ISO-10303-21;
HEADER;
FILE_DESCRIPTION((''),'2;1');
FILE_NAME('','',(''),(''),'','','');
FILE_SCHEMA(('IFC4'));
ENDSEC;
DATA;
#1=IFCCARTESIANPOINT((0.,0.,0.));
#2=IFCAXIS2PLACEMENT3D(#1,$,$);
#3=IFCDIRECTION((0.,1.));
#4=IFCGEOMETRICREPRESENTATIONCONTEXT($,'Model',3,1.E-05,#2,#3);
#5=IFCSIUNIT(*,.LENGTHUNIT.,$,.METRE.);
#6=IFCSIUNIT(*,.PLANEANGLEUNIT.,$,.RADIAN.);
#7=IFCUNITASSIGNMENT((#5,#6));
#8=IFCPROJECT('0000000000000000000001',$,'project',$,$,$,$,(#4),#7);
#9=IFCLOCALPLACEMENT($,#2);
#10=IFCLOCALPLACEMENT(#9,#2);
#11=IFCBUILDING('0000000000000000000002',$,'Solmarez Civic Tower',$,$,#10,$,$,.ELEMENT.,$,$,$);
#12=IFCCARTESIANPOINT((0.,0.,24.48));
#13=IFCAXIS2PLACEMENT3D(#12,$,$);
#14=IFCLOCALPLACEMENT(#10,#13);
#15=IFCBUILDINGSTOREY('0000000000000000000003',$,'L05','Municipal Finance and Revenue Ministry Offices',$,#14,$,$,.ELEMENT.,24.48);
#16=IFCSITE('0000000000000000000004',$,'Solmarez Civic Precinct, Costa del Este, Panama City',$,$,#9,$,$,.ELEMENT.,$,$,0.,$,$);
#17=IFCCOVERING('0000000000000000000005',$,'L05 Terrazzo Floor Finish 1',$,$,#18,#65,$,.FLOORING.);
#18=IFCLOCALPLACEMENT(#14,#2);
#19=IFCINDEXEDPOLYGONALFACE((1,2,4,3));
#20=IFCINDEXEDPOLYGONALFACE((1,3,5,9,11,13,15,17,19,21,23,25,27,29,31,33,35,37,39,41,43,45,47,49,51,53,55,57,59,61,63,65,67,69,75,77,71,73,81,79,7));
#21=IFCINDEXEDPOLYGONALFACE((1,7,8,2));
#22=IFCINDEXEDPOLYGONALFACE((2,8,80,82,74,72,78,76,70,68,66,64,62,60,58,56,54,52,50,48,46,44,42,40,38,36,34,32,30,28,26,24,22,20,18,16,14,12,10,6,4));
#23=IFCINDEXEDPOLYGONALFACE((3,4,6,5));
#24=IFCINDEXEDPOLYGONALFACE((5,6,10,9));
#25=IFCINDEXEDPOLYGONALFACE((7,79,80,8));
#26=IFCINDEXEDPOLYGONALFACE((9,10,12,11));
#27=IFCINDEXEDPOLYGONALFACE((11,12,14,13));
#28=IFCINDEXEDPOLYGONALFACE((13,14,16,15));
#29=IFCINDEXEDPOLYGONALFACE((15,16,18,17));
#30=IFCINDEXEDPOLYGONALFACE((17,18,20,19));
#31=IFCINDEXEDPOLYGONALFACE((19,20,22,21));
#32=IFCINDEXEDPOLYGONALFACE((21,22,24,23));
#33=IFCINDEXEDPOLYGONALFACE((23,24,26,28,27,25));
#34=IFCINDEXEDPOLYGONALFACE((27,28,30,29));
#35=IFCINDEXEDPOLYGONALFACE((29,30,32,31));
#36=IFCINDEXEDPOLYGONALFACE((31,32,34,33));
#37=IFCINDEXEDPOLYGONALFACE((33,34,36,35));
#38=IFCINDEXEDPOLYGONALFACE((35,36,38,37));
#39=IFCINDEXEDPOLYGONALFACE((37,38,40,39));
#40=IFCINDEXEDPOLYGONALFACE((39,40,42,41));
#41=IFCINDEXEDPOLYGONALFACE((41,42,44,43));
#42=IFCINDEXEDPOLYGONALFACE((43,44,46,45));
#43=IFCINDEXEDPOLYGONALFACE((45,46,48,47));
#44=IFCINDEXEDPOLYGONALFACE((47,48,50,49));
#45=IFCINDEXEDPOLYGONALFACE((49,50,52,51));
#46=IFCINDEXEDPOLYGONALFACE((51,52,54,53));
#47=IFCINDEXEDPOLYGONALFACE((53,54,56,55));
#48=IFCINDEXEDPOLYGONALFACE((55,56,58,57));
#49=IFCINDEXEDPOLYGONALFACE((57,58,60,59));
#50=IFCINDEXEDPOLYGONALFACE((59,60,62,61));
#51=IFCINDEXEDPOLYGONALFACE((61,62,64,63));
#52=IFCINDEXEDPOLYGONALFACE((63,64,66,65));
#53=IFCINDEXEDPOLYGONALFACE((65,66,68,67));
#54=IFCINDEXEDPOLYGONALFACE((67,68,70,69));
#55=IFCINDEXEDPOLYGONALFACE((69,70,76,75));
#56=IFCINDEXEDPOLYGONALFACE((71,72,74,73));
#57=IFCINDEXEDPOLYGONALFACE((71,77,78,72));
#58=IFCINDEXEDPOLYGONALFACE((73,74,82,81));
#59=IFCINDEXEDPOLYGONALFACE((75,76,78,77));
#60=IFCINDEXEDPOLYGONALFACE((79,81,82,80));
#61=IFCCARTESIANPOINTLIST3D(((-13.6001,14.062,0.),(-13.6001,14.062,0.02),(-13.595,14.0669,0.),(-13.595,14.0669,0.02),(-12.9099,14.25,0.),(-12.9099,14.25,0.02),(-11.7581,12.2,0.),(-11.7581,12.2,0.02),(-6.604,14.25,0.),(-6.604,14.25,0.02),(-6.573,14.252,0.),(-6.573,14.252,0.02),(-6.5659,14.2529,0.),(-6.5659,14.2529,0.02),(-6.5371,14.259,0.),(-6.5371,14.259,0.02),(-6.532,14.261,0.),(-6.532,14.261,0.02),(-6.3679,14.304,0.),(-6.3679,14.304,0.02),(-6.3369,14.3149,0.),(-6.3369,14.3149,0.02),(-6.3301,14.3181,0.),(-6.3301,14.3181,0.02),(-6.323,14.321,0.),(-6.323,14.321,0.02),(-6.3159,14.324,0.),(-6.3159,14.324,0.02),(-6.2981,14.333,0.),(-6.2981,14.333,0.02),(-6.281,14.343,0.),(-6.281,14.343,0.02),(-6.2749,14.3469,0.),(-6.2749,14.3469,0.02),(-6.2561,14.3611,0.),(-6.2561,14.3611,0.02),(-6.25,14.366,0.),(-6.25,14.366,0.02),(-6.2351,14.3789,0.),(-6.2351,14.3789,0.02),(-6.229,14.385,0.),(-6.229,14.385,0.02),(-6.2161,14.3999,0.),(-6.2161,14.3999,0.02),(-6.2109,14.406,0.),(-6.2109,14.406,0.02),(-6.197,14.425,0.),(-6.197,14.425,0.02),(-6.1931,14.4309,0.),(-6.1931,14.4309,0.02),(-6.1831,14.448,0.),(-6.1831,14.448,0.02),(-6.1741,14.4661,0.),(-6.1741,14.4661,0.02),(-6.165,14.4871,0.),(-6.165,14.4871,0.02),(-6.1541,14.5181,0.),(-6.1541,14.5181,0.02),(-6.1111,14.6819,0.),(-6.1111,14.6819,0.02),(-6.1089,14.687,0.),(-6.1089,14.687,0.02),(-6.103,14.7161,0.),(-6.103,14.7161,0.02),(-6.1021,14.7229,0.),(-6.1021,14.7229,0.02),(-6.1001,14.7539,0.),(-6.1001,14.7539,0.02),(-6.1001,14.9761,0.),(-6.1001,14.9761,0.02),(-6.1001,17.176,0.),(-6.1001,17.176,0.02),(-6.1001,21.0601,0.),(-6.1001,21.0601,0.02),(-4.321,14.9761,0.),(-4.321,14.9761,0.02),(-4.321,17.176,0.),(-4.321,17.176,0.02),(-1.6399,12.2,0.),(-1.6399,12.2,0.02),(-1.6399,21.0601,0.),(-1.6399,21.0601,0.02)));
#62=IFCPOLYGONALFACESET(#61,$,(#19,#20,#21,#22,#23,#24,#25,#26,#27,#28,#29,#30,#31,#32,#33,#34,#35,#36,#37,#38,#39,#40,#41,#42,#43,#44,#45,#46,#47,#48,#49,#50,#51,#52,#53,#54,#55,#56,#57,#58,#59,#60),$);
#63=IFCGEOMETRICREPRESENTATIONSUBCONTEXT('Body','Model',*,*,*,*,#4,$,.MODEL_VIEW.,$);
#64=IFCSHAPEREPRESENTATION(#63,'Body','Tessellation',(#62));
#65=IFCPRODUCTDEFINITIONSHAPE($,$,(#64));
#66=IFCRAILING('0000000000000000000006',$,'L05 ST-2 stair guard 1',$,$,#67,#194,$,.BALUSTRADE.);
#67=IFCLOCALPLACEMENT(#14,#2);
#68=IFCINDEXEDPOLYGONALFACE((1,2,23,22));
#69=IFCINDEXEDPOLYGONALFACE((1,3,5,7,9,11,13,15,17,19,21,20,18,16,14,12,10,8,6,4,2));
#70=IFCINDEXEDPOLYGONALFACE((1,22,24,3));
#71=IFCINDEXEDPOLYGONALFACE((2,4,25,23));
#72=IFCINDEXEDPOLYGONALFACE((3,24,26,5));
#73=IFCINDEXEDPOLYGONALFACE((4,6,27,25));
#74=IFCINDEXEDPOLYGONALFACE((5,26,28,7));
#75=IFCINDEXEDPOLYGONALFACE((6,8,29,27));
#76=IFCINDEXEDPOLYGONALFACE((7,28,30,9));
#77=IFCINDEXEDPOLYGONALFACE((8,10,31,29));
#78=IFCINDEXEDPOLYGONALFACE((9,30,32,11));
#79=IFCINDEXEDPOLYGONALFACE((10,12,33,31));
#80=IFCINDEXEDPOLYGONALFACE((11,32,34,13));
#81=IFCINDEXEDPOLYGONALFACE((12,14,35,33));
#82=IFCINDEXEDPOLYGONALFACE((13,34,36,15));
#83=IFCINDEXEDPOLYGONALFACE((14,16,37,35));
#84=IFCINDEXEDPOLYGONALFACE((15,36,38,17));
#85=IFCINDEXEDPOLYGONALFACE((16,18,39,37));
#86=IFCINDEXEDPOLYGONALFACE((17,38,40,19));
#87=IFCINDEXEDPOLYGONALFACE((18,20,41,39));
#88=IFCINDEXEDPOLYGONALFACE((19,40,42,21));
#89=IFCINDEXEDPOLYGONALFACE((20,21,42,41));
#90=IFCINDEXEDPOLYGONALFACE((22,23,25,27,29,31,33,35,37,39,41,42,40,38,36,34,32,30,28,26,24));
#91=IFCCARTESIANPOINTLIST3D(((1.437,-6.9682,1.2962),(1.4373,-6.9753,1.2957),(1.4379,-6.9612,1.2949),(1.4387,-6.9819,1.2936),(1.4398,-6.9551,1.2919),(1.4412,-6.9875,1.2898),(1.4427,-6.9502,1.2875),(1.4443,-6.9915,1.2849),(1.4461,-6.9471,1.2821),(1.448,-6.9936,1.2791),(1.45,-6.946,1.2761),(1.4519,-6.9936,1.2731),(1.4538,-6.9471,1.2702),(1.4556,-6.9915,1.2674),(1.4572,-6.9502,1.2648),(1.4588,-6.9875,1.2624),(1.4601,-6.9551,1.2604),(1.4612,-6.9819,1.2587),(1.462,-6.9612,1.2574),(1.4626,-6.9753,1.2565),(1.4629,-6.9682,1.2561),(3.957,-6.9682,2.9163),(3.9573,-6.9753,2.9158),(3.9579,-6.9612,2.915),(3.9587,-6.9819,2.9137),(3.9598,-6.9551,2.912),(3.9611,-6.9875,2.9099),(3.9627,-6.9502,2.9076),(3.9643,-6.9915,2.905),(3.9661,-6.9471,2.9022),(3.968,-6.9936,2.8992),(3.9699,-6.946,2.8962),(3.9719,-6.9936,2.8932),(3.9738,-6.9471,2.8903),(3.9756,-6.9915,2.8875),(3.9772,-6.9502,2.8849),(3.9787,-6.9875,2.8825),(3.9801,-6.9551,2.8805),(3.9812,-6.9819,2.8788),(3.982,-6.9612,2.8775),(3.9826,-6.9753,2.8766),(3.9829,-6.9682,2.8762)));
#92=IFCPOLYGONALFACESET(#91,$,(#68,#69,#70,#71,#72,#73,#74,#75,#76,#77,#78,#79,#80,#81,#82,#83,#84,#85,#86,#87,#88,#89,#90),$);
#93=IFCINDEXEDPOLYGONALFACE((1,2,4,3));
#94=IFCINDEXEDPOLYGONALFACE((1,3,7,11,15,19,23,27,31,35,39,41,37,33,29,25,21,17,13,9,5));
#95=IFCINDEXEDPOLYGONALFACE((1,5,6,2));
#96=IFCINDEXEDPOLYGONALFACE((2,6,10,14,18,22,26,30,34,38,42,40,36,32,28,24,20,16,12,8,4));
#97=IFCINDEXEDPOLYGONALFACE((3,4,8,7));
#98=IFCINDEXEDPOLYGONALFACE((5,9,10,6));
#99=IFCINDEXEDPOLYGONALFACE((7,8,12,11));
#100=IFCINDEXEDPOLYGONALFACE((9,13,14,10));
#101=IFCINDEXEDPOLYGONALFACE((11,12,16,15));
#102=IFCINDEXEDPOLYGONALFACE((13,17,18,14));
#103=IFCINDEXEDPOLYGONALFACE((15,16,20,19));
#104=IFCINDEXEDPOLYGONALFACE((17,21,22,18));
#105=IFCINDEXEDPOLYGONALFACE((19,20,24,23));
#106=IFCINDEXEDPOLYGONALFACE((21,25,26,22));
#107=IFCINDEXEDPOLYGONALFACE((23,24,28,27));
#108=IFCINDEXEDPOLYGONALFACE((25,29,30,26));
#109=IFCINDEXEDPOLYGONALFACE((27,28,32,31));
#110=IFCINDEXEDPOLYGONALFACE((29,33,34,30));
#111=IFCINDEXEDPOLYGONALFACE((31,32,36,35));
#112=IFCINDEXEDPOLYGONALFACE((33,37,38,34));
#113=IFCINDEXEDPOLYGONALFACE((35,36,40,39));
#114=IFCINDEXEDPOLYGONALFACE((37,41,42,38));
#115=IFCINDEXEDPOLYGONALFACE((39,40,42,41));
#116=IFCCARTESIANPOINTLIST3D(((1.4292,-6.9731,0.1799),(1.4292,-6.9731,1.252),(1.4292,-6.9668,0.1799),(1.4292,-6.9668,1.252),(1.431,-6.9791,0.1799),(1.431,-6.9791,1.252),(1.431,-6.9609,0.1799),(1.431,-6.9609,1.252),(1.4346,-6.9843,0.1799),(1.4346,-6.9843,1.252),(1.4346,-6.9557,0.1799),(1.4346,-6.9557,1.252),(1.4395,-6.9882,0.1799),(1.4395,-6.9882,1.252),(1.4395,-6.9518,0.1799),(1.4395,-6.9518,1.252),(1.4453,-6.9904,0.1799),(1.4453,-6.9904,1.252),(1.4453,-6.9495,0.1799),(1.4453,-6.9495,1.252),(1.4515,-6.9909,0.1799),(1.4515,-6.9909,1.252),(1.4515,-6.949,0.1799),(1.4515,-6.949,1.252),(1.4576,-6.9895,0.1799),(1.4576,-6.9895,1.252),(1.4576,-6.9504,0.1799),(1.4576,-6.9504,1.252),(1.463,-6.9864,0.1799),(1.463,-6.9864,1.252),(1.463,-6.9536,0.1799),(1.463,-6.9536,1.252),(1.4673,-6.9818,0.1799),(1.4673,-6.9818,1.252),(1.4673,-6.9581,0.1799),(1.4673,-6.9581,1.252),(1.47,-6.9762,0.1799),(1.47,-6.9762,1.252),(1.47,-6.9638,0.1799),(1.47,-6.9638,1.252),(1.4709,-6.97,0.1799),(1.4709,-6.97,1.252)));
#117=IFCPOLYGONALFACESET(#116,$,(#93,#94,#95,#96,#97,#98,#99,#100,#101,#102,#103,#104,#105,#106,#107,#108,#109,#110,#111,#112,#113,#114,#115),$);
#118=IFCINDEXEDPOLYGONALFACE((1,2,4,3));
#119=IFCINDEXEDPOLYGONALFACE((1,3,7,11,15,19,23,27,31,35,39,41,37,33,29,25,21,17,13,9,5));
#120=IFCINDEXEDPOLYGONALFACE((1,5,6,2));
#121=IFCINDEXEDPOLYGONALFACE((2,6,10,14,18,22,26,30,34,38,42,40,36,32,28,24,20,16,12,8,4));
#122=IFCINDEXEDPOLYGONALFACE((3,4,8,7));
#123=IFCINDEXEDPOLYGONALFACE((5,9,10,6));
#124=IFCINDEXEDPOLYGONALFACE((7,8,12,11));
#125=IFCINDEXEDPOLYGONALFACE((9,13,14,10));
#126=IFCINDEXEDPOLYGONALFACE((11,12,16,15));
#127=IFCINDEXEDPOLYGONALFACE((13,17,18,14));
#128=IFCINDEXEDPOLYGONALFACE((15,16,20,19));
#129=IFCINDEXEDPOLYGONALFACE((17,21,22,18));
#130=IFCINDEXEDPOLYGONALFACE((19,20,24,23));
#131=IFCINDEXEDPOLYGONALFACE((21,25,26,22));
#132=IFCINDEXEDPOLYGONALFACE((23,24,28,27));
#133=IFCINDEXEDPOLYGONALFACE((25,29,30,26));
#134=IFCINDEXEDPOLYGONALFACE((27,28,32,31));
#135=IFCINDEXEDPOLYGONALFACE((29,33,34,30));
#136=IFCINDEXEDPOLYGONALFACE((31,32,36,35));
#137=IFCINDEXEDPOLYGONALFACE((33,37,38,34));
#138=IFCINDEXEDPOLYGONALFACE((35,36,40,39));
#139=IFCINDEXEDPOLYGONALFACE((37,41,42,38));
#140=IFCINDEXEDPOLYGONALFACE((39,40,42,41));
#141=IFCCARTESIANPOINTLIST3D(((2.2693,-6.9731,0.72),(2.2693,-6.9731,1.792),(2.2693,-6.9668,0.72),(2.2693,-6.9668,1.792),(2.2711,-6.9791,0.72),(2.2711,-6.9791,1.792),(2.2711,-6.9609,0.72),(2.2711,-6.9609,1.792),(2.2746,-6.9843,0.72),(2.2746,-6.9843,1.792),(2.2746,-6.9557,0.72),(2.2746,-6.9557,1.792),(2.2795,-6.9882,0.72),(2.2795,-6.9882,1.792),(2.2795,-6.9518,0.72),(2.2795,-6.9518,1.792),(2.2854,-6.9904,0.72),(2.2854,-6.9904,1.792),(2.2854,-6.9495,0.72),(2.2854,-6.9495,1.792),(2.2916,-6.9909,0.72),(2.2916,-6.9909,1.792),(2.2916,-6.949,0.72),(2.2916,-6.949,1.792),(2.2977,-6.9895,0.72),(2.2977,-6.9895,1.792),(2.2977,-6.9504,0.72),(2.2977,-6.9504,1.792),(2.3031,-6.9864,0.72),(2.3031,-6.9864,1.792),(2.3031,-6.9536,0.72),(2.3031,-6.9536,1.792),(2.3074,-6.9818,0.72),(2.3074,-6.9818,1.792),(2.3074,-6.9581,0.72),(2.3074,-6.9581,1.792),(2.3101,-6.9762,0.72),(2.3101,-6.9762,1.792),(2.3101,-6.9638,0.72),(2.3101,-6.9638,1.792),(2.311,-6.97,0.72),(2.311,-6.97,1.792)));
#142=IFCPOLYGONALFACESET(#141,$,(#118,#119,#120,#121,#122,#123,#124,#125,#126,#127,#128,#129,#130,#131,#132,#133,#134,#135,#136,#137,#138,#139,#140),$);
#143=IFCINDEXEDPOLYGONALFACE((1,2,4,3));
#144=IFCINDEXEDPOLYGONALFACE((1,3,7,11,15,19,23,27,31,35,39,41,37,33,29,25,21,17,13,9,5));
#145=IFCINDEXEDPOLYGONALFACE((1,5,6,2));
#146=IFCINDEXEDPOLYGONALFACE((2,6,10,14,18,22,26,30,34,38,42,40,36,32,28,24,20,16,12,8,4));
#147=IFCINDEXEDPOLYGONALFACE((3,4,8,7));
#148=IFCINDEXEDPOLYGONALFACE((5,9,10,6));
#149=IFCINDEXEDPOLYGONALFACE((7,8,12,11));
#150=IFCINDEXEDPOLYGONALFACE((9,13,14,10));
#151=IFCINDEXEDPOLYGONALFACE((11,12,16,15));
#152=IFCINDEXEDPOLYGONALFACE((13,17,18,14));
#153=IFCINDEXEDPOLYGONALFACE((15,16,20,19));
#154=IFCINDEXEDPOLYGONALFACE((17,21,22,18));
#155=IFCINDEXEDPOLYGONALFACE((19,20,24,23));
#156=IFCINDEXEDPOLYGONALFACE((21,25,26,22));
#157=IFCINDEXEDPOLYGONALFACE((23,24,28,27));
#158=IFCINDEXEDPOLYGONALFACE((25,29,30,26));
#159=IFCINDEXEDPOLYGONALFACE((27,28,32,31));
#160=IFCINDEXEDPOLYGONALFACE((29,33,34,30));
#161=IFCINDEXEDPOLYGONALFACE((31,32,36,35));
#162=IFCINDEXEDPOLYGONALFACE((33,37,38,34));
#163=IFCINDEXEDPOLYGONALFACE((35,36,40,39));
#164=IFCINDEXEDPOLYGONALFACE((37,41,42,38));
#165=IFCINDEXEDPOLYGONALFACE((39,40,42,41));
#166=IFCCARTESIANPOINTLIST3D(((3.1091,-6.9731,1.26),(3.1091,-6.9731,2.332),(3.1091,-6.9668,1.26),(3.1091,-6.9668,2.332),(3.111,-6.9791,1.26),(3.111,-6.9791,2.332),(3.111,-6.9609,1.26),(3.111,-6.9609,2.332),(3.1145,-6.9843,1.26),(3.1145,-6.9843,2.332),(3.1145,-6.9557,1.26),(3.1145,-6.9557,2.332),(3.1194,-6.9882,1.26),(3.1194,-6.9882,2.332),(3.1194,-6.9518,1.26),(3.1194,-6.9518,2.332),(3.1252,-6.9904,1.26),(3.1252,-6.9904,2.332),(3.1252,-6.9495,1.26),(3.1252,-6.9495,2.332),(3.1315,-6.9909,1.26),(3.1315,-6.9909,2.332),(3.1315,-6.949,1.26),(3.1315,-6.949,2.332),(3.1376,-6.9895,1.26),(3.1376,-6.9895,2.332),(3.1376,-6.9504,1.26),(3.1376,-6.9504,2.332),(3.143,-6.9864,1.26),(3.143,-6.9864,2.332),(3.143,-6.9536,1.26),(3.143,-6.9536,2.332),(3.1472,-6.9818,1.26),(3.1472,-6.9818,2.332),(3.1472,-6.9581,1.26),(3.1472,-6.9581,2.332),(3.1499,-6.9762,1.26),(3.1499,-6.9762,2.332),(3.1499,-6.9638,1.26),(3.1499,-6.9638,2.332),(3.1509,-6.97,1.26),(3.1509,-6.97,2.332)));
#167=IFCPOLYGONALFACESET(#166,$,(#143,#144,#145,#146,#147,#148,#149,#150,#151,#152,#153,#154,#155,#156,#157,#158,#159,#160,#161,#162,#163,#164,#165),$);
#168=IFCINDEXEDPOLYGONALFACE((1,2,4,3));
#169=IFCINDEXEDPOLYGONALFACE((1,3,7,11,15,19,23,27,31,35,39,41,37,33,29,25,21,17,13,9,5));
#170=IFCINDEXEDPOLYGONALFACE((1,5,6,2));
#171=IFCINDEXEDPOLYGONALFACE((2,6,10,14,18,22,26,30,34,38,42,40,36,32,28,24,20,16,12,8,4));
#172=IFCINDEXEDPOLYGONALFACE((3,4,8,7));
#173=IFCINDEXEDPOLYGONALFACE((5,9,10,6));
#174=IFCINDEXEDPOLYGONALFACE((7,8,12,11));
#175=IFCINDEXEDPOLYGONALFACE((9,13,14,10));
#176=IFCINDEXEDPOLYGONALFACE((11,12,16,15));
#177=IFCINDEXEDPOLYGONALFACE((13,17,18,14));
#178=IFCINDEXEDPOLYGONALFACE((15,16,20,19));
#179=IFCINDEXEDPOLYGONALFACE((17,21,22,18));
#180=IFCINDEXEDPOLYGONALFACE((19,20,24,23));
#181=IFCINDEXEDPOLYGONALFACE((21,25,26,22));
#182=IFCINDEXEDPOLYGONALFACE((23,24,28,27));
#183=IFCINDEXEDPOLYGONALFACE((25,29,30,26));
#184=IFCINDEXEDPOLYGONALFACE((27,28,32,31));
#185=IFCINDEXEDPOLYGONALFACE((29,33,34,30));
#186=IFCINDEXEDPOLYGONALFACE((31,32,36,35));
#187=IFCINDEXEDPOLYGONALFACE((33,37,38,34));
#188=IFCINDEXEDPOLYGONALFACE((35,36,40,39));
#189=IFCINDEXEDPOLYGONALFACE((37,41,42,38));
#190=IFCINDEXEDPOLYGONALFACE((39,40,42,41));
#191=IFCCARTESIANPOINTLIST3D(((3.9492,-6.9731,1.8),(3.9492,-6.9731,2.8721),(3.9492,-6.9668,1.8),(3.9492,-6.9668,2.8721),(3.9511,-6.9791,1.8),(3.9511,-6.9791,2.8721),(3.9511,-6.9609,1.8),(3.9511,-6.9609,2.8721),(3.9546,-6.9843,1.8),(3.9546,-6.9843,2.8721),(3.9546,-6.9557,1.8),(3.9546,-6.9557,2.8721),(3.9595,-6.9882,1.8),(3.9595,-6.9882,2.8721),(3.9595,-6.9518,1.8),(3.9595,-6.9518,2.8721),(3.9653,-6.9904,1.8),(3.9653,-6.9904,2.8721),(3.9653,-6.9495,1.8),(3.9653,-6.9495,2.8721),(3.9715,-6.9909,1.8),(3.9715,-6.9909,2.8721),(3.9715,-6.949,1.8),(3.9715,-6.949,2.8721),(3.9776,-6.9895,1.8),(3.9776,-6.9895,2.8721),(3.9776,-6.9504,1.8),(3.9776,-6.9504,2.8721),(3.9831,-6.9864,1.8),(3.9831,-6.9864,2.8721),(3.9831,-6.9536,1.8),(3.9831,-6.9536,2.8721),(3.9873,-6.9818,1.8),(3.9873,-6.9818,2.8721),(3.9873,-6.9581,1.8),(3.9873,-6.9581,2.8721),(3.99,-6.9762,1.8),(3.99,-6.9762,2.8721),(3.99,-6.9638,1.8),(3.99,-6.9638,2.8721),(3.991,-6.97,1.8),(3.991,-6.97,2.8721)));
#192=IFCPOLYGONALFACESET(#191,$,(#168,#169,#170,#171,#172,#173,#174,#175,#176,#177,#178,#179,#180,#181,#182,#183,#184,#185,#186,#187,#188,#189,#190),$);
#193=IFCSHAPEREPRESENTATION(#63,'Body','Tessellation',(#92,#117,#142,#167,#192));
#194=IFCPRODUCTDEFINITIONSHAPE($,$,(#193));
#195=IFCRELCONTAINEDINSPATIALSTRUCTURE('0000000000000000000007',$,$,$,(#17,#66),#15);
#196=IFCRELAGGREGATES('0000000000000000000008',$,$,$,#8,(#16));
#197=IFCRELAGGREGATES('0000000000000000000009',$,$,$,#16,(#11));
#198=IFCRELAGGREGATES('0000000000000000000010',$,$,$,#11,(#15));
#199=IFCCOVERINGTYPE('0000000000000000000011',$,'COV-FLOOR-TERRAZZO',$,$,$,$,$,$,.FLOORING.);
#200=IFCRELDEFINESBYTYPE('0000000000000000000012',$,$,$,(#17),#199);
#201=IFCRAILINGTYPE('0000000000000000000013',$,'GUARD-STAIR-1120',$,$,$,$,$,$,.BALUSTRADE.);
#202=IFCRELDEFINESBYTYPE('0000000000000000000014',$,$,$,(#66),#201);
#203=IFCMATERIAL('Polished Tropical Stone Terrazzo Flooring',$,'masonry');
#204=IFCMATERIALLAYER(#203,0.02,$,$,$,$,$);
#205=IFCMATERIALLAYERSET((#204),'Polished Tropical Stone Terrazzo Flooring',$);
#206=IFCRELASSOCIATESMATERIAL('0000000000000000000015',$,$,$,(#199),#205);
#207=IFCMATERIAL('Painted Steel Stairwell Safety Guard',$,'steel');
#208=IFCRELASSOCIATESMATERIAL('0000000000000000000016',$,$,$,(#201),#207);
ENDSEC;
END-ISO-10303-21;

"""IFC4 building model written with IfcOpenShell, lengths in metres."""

from ifc_helpers import new_model, si_unit, direction, frame, origin, origin_2d, place, context, subcontext, project, spatial, polyline, circle, outline, extrude, material, layer, layer_set, type_object, element, save


model = new_model("IFC4")

# Units and contexts
model_context = context("Model", 3, precision=1e-05, world=origin(), true_north=direction((0.0, 1.0)))
body_context = subcontext(model_context, "Body", "Model", "MODEL_VIEW")
ifc_project = project(units=[si_unit("LENGTHUNIT", "METRE"), si_unit("PLANEANGLEUNIT", "RADIAN")], contexts=[model_context])

# Site, building, storey
site_placement = place(None, origin())
site = spatial("IfcSite", under=ifc_project, at=site_placement, Name="Solmarez Civic Precinct, Costa del Este, Panama City", CompositionType="ELEMENT", RefElevation=0.0)
building_placement = place(site_placement, origin())
building = spatial("IfcBuilding", under=site, at=building_placement, Name="Solmarez Civic Tower", CompositionType="ELEMENT")
storey_placement = place(building_placement, frame((0.0, 0.0, 24.48)))
storey = spatial("IfcBuildingStorey", under=building, at=storey_placement, Name="L05", Description="Municipal Finance and Revenue Ministry Offices", CompositionType="ELEMENT", Elevation=24.48)

# Covering
ifc_material_1 = material(Name="Polished Tropical Stone Terrazzo Flooring", Category="masonry")
ifc_layer_1 = layer(ifc_material_1, 0.02)
ifc_layer_set_1 = layer_set([ifc_layer_1], Name="Polished Tropical Stone Terrazzo Flooring")
covering_type_1 = type_object("IfcCoveringType", Name="COV-FLOOR-TERRAZZO", PredefinedType="FLOORING", material=ifc_layer_set_1)
covering_1_placement = place(storey_placement, origin())
element("IfcCovering", 1, at=covering_1_placement, inside=storey, type_object=covering_type_1, Name="L05 Terrazzo Floor Finish 1", PredefinedType="FLOORING", context=body_context, shape_type="SweptSolid", body=[
    extrude(outline(polyline([(-6.1001, 21.0601), (-6.1001, 17.176), (-4.321, 17.176), (-4.321, 14.9761), (-6.1001, 14.9761), (-6.1001, 14.7539), (-6.1021, 14.7229), (-6.103, 14.7161), (-6.1089, 14.687), (-6.1111, 14.6819), (-6.1541, 14.5181), (-6.165, 14.4871), (-6.1741, 14.4661), (-6.1831, 14.448), (-6.1931, 14.4309), (-6.197, 14.425), (-6.2109, 14.406), (-6.2161, 14.3999), (-6.229, 14.385), (-6.2351, 14.3789), (-6.25, 14.366), (-6.2561, 14.3611), (-6.2749, 14.3469), (-6.281, 14.343), (-6.2981, 14.333), (-6.3159, 14.324), (-6.323, 14.321), (-6.3301, 14.3181), (-6.3369, 14.3149), (-6.3679, 14.304), (-6.532, 14.261), (-6.5371, 14.259), (-6.5659, 14.2529), (-6.573, 14.252), (-6.604, 14.25), (-12.9099, 14.25), (-13.595, 14.0669), (-13.6001, 14.062), (-11.7581, 12.2), (-1.6399, 12.2), (-1.6399, 21.0601), (-6.1001, 21.0601)])), origin(), (0.0, 0.0, 1.0), 0.02),
])

# Railing
ifc_material_2 = material(Name="Painted Steel Stairwell Safety Guard", Category="steel")
railing_type_1 = type_object("IfcRailingType", Name="GUARD-STAIR-1120", PredefinedType="BALUSTRADE", material=ifc_material_2)
railing_1_placement = place(storey_placement, frame((1.45, -6.97, 0.1799)))
element("IfcRailing", 2, at=railing_1_placement, inside=storey, type_object=railing_type_1, Name="L05 ST-2 stair guard 1", PredefinedType="BALUSTRADE", context=body_context, shape_type="SweptSolid", body=[
    extrude(circle(Radius=0.0239, at=origin_2d()), frame((0.0, 0.0, 1.0962), z_axis=(0.841163, 0.0, 0.540782), x_axis=(0.0, 1.0, 0.0)), (0.0, 0.0, 1.0), 2.9958),
    extrude(circle(Radius=0.021, at=origin_2d()), origin(), (0.0, 0.0, 1.0), 1.072),
    extrude(circle(Radius=0.021, at=origin_2d()), frame((0.8401, 0.0, 0.54)), (0.0, 0.0, 1.0), 1.072),
    extrude(circle(Radius=0.021, at=origin_2d()), frame((1.6799, 0.0, 1.0801)), (0.0, 0.0, 1.0), 1.072),
    extrude(circle(Radius=0.021, at=origin_2d()), frame((2.52, 0.0, 1.6201)), (0.0, 0.0, 1.0), 1.072),
])

save(model, "model.ifc")
